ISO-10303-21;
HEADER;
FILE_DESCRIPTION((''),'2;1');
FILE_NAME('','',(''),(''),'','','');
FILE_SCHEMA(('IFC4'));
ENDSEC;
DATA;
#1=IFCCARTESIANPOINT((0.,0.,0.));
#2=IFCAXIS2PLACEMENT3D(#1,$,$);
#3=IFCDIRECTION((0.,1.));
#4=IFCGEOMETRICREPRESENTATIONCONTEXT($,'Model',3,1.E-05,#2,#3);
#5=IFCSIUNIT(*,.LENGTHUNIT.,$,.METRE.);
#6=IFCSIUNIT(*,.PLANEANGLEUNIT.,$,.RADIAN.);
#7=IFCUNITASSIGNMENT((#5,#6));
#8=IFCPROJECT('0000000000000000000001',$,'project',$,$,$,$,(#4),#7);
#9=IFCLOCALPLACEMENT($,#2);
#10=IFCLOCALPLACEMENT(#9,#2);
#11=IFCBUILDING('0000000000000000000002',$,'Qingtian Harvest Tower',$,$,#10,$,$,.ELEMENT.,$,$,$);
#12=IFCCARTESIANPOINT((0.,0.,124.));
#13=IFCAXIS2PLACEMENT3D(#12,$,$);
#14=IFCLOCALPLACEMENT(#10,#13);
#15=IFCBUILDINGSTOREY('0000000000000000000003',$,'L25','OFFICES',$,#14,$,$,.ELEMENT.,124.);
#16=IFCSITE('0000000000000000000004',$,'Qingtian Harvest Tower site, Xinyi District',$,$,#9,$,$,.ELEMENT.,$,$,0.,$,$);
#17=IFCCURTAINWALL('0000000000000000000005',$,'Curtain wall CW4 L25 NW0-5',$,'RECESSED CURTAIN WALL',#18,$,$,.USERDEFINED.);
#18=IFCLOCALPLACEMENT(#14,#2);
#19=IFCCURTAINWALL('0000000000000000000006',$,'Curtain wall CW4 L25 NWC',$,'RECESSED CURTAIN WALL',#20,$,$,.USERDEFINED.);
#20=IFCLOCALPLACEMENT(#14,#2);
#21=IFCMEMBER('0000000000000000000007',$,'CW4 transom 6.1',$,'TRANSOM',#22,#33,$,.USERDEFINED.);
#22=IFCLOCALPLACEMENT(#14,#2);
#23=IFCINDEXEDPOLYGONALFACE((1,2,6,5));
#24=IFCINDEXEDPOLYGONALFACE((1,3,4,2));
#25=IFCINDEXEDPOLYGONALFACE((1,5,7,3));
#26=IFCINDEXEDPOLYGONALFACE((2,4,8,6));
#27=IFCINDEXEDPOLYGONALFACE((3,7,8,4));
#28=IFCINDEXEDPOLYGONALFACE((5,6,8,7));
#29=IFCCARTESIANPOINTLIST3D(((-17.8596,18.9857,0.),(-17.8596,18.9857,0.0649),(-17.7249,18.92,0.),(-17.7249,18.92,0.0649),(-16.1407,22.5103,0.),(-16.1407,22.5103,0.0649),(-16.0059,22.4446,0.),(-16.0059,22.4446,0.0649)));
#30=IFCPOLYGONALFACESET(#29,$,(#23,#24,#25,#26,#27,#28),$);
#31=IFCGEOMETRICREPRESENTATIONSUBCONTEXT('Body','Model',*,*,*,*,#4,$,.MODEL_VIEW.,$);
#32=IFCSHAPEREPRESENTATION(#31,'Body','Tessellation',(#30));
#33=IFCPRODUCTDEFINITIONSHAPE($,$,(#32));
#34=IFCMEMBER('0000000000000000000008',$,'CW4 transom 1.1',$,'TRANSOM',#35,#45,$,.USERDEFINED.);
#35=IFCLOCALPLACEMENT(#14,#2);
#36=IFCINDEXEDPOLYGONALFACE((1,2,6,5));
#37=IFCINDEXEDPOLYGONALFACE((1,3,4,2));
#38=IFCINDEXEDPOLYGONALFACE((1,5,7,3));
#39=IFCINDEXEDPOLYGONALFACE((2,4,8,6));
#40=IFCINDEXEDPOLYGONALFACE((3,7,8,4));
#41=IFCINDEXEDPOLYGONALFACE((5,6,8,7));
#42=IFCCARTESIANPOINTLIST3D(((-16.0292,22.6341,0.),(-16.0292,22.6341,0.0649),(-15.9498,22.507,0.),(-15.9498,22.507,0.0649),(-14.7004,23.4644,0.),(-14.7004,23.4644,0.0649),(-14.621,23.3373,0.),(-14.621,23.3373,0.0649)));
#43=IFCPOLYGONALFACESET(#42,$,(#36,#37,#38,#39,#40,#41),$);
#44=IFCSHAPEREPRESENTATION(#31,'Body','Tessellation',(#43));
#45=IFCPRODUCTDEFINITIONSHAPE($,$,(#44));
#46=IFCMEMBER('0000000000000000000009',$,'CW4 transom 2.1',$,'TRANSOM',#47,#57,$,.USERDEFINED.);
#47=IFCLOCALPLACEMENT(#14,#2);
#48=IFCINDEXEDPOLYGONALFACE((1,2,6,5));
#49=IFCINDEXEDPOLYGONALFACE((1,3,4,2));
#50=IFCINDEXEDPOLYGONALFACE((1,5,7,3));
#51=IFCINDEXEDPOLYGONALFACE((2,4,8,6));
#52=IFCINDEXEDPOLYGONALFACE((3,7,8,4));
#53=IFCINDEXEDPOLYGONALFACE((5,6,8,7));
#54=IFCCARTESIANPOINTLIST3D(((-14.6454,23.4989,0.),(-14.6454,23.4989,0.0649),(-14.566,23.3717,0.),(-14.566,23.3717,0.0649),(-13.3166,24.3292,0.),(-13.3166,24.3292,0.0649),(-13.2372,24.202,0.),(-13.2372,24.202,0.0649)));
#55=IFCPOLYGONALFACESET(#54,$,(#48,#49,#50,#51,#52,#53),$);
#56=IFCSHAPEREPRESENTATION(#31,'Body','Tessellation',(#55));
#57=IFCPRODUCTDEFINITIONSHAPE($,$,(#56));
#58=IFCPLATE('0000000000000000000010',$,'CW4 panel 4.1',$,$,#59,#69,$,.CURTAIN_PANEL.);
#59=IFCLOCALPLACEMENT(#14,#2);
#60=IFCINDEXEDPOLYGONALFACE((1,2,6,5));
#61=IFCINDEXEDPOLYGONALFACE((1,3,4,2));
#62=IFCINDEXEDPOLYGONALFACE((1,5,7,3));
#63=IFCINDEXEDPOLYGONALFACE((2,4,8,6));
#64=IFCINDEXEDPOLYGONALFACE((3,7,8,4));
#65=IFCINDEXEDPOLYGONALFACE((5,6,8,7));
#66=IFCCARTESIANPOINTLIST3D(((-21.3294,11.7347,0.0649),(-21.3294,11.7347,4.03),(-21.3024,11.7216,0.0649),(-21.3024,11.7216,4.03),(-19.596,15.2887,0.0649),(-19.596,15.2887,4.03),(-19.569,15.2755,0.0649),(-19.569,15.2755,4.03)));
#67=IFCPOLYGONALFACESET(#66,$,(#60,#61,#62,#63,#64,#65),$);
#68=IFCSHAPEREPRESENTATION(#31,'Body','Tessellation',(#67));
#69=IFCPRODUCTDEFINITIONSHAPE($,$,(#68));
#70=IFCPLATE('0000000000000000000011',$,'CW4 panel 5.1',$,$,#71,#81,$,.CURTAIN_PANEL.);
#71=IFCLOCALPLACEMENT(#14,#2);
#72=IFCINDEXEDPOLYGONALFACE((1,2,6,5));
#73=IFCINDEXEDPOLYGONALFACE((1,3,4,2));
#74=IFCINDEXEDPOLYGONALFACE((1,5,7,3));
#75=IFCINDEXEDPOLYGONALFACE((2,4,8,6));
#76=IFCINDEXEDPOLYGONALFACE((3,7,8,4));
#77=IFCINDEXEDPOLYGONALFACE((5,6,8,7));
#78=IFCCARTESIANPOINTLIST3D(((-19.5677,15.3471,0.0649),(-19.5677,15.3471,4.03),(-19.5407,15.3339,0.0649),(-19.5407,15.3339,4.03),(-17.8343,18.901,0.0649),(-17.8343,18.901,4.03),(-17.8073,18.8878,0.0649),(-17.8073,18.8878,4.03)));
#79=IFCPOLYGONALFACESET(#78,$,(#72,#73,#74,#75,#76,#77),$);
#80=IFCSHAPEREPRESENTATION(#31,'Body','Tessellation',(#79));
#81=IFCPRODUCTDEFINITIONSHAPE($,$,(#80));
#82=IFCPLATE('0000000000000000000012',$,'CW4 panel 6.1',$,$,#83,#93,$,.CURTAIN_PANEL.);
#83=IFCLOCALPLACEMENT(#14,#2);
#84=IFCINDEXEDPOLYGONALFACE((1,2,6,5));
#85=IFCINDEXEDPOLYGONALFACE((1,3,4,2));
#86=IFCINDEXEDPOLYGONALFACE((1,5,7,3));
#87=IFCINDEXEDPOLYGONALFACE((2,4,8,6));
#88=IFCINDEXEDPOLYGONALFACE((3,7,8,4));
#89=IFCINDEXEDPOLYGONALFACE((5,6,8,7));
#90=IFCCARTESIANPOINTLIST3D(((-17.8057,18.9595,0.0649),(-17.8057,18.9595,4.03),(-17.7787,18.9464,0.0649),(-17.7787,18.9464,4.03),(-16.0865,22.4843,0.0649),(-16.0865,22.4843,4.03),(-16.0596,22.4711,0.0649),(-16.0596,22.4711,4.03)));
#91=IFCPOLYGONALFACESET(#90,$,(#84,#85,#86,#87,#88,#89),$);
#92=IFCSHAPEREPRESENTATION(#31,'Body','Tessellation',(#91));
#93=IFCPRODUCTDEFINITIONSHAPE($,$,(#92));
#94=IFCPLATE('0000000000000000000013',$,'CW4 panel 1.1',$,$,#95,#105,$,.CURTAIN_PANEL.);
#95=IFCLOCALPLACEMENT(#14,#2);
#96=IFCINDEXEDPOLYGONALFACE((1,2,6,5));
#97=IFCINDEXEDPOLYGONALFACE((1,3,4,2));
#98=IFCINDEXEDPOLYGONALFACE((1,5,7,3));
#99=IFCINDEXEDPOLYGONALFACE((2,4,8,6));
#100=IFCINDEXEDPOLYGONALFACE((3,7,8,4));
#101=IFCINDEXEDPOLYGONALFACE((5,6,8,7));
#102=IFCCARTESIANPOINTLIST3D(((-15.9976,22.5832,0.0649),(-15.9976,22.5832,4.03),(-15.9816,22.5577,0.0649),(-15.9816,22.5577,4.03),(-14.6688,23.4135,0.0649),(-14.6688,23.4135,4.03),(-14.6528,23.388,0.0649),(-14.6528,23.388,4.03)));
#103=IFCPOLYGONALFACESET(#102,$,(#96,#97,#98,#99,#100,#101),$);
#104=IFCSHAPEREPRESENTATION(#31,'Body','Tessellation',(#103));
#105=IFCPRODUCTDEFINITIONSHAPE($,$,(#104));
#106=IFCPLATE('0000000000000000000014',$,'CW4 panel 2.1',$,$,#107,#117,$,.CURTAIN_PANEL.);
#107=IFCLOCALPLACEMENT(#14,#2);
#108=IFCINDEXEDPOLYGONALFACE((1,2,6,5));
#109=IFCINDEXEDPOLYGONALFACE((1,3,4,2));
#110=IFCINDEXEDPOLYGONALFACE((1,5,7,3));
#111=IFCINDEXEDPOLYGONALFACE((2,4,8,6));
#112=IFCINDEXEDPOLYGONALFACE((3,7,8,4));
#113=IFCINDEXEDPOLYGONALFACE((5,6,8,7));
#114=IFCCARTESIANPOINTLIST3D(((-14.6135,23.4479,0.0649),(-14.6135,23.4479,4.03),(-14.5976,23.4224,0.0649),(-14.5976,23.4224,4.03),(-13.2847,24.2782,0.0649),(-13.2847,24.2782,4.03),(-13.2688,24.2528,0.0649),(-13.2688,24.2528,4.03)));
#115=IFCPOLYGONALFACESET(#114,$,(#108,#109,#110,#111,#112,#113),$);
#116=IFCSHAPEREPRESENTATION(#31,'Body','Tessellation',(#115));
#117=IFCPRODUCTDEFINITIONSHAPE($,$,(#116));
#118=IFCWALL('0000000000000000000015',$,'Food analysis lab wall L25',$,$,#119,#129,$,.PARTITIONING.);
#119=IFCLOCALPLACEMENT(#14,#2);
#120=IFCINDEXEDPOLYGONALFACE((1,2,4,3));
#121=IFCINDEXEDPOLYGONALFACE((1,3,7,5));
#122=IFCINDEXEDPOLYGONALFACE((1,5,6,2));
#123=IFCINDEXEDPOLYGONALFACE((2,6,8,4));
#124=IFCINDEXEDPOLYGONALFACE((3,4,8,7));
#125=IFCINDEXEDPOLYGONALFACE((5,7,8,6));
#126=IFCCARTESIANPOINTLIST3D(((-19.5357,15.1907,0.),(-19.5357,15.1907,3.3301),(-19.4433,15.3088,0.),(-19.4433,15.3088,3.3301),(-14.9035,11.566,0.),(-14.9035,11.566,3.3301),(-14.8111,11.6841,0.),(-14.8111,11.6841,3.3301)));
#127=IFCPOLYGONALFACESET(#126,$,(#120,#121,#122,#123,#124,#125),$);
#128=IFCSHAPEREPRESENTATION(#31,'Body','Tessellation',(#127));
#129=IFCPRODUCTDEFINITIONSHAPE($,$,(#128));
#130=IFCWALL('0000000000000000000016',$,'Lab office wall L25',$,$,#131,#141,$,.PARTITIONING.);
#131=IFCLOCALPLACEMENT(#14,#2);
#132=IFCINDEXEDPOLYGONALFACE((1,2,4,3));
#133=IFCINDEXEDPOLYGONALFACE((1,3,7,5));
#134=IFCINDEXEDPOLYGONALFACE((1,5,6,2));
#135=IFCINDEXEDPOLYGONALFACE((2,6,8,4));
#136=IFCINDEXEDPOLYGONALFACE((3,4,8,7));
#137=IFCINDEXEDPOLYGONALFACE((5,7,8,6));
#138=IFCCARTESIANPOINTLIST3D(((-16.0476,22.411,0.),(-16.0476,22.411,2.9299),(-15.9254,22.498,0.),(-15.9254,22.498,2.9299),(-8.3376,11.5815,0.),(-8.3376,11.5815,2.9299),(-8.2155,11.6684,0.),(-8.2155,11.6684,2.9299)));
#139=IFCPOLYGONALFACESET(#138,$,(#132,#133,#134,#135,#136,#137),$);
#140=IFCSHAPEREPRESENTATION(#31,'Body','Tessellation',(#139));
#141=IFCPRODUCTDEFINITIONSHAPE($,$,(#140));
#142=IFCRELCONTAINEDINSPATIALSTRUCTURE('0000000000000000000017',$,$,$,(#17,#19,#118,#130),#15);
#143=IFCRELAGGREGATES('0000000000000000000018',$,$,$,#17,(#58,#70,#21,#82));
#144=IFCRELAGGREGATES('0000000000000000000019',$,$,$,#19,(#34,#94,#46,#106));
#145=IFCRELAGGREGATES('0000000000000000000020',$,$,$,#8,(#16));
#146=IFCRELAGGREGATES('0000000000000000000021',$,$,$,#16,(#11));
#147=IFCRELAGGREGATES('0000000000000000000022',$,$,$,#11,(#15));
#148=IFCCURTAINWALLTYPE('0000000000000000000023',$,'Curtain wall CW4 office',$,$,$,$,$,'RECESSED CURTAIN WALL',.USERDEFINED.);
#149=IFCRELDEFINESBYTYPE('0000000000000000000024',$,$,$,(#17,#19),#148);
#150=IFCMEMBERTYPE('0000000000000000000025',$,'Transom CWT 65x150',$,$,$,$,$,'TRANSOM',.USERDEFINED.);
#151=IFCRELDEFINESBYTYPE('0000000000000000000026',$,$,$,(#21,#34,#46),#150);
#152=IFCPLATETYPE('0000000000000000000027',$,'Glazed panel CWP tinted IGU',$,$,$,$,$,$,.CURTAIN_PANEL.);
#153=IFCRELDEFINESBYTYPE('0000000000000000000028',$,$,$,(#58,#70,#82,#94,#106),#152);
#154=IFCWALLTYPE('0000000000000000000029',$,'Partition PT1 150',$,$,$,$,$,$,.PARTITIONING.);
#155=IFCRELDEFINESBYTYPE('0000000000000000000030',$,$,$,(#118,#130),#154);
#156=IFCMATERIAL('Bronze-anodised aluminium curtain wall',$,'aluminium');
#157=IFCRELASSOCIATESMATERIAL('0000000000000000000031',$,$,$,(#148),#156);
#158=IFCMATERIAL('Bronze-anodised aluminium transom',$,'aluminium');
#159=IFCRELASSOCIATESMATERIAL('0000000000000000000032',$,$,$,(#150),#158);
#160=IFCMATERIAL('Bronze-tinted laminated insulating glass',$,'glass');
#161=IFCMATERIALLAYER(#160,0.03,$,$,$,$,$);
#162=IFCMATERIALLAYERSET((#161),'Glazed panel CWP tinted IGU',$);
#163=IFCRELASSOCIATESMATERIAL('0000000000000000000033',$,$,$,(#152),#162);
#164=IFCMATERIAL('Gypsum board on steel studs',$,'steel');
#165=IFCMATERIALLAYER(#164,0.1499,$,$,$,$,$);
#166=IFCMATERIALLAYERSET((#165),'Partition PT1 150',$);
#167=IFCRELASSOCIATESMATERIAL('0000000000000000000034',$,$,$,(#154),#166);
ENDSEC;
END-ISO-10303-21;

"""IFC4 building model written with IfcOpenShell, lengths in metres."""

from ifc_helpers import new_model, si_unit, direction, frame, frame_2d, origin, origin_2d, place, context, subcontext, project, spatial, rectangle, extrude, material, layer, layer_set, material_profile, profile_set, type_object, element, aggregate, save


model = new_model("IFC4")

# Units and contexts
model_context = context("Model", 3, precision=1e-05, world=origin(), true_north=direction((0.0, 1.0)))
body_context = subcontext(model_context, "Body", "Model", "MODEL_VIEW")
ifc_project = project(units=[si_unit("LENGTHUNIT", "METRE"), si_unit("PLANEANGLEUNIT", "RADIAN")], contexts=[model_context])

# Site, building, storey
site_placement = place(None, origin())
site = spatial("IfcSite", under=ifc_project, at=site_placement, Name="Qingtian Harvest Tower site, Xinyi District", CompositionType="ELEMENT", RefElevation=0.0)
building_placement = place(site_placement, origin())
building = spatial("IfcBuilding", under=site, at=building_placement, Name="Qingtian Harvest Tower", CompositionType="ELEMENT")
storey_placement = place(building_placement, frame((0.0, 0.0, 124.0)))
storey = spatial("IfcBuildingStorey", under=building, at=storey_placement, Name="L25", Description="OFFICES", CompositionType="ELEMENT", Elevation=124.0)

# Curtain walls
ifc_material_1 = material(Name="Bronze-anodised aluminium curtain wall", Category="aluminium")
curtain_wall_type = type_object("IfcCurtainWallType", Name="Curtain wall CW4 office", ElementType="RECESSED CURTAIN WALL", PredefinedType="USERDEFINED", material=ifc_material_1)
curtain_wall_1_placement = place(storey_placement, origin())
curtain_wall_1 = element("IfcCurtainWall", 1, at=curtain_wall_1_placement, inside=storey, type_object=curtain_wall_type, Name="Curtain wall CW4 L25 NW0-5", ObjectType="RECESSED CURTAIN WALL", PredefinedType="USERDEFINED")
curtain_wall_2_placement = place(storey_placement, origin())
curtain_wall_2 = element("IfcCurtainWall", 2, at=curtain_wall_2_placement, inside=storey, type_object=curtain_wall_type, Name="Curtain wall CW4 L25 NWC", ObjectType="RECESSED CURTAIN WALL", PredefinedType="USERDEFINED")

# Members
ifc_material_2 = material(Name="Bronze-anodised aluminium transom", Category="aluminium")
ifc_material_profile_1 = material_profile(ifc_material_2, rectangle(XDim=0.1499, YDim=0.0649, at=origin_2d()), Name="AL 65x150")
ifc_profile_set_1 = profile_set([ifc_material_profile_1], Name="Bronze-anodised aluminium transom")
member_type_1 = type_object("IfcMemberType", Name="Transom CWT 65x150", ElementType="TRANSOM", PredefinedType="USERDEFINED", material=ifc_profile_set_1)
member_1_placement = place(storey_placement, frame((-17.7922, 18.9529, 0.0325), z_axis=(0.438351, 0.898804, 0.0), x_axis=(-0.898804, 0.438351, 0.0)))
member_1 = element("IfcMember", 3, at=member_1_placement, type_object=member_type_1, Name="CW4 transom 6.1", ObjectType="TRANSOM", PredefinedType="USERDEFINED", context=body_context, shape_type="SweptSolid", body=[
    extrude(rectangle(XDim=0.1499, YDim=0.0649, at=origin_2d()), origin(), (0.0, 0.0, 1.0), 3.9214),
])
member_2_placement = place(storey_placement, frame((-15.9895, 22.5706, 0.0325), z_axis=(0.84806, 0.529901, 0.0), x_axis=(-0.529901, 0.84806, 0.0)))
member_2 = element("IfcMember", 4, at=member_2_placement, type_object=member_type_1, Name="CW4 transom 1.1", ObjectType="TRANSOM", PredefinedType="USERDEFINED", context=body_context, shape_type="SweptSolid", body=[
    extrude(rectangle(XDim=0.1499, YDim=0.0649, at=origin_2d()), origin(), (0.0, 0.0, 1.0), 1.5669),
])
member_3_placement = place(storey_placement, frame((-14.6057, 23.4353, 0.0325), z_axis=(0.84806, 0.529901, 0.0), x_axis=(-0.529901, 0.84806, 0.0)))
member_3 = element("IfcMember", 5, at=member_3_placement, type_object=member_type_1, Name="CW4 transom 2.1", ObjectType="TRANSOM", PredefinedType="USERDEFINED", context=body_context, shape_type="SweptSolid", body=[
    extrude(rectangle(XDim=0.1499, YDim=0.0649, at=origin_2d()), origin(), (0.0, 0.0, 1.0), 1.5669),
])

# Plates
ifc_material_3 = material(Name="Bronze-tinted laminated insulating glass", Category="glass")
ifc_layer_1 = layer(ifc_material_3, 0.03)
ifc_layer_set_1 = layer_set([ifc_layer_1], Name="Glazed panel CWP tinted IGU")
plate_type = type_object("IfcPlateType", Name="Glazed panel CWP tinted IGU", PredefinedType="CURTAIN_PANEL", material=ifc_layer_set_1)
plate_1_placement = place(storey_placement, frame((-20.4492, 13.5051, 0.0649), z_axis=(0.0, 0.0, 1.0), x_axis=(0.438371, 0.898794, 0.0)))
plate_1 = element("IfcPlate", 6, at=plate_1_placement, type_object=plate_type, Name="CW4 panel 4.1", PredefinedType="CURTAIN_PANEL", context=body_context, shape_type="SweptSolid", body=[
    extrude(rectangle(XDim=3.9541, YDim=0.03, at=origin_2d()), origin(), (0.0, 0.0, 1.0), 3.9651),
])
plate_2_placement = place(storey_placement, frame((-18.6875, 17.1174, 0.0649), z_axis=(0.0, 0.0, 1.0), x_axis=(0.438371, 0.898794, 0.0)))
plate_2 = element("IfcPlate", 7, at=plate_2_placement, type_object=plate_type, Name="CW4 panel 5.1", PredefinedType="CURTAIN_PANEL", context=body_context, shape_type="SweptSolid", body=[
    extrude(rectangle(XDim=3.9541, YDim=0.03, at=origin_2d()), origin(), (0.0, 0.0, 1.0), 3.9651),
])
plate_3_placement = place(storey_placement, frame((-16.9326, 20.7153, 0.0649), z_axis=(0.0, 0.0, 1.0), x_axis=(0.438371, 0.898794, 0.0)))
plate_3 = element("IfcPlate", 8, at=plate_3_placement, type_object=plate_type, Name="CW4 panel 6.1", PredefinedType="CURTAIN_PANEL", context=body_context, shape_type="SweptSolid", body=[
    extrude(rectangle(XDim=3.9216, YDim=0.03, at=origin_2d()), origin(), (0.0, 0.0, 1.0), 3.9651),
])
aggregate(curtain_wall_1, [plate_1, plate_2, member_1, plate_3])
plate_4_placement = place(storey_placement, frame((-15.3252, 22.9856, 0.0649), z_axis=(0.0, 0.0, 1.0), x_axis=(0.848048, 0.529919, 0.0)))
plate_4 = element("IfcPlate", 9, at=plate_4_placement, type_object=plate_type, Name="CW4 panel 1.1", PredefinedType="CURTAIN_PANEL", context=body_context, shape_type="SweptSolid", body=[
    extrude(rectangle(XDim=1.5669, YDim=0.03, at=origin_2d()), origin(), (0.0, 0.0, 1.0), 3.9651),
])
plate_5_placement = place(storey_placement, frame((-13.9412, 23.8503, 0.0649), z_axis=(0.0, 0.0, 1.0), x_axis=(0.848048, 0.529919, 0.0)))
plate_5 = element("IfcPlate", 10, at=plate_5_placement, type_object=plate_type, Name="CW4 panel 2.1", PredefinedType="CURTAIN_PANEL", context=body_context, shape_type="SweptSolid", body=[
    extrude(rectangle(XDim=1.5669, YDim=0.03, at=origin_2d()), origin(), (0.0, 0.0, 1.0), 3.9651),
])
aggregate(curtain_wall_2, [member_2, plate_4, member_3, plate_5])

# Walls
ifc_material_4 = material(Name="Gypsum board on steel studs", Category="steel")
ifc_layer_2 = layer(ifc_material_4, 0.1499)
ifc_layer_set_2 = layer_set([ifc_layer_2], Name="Partition PT1 150")
wall_type = type_object("IfcWallType", Name="Partition PT1 150", PredefinedType="PARTITIONING", material=ifc_layer_set_2)
wall_1_placement = place(storey_placement, frame((-19.4895, 15.2498, 0.0), z_axis=(0.0, 0.0, 1.0), x_axis=(0.78755, -0.616251, 0.0)))
element("IfcWall", 11, at=wall_1_placement, inside=storey, type_object=wall_type, Name="Food analysis lab wall L25", PredefinedType="PARTITIONING", context=body_context, shape_type="SweptSolid", body=[
    extrude(rectangle(XDim=5.8818, YDim=0.1499, at=frame_2d((2.9409, 0.0))), origin(), (0.0, 0.0, 1.0), 3.3301),
])
wall_2_placement = place(storey_placement, frame((-15.9866, 22.4546, 0.0), z_axis=(0.0, 0.0, 1.0), x_axis=(0.579969, -0.814638, 0.0)))
element("IfcWall", 12, at=wall_2_placement, inside=storey, type_object=wall_type, Name="Lab office wall L25", PredefinedType="PARTITIONING", context=body_context, shape_type="SweptSolid", body=[
    extrude(rectangle(XDim=13.2937, YDim=0.1499, at=frame_2d((6.647, 0.0))), origin(), (0.0, 0.0, 1.0), 2.9299),
])

save(model, "model.ifc")
